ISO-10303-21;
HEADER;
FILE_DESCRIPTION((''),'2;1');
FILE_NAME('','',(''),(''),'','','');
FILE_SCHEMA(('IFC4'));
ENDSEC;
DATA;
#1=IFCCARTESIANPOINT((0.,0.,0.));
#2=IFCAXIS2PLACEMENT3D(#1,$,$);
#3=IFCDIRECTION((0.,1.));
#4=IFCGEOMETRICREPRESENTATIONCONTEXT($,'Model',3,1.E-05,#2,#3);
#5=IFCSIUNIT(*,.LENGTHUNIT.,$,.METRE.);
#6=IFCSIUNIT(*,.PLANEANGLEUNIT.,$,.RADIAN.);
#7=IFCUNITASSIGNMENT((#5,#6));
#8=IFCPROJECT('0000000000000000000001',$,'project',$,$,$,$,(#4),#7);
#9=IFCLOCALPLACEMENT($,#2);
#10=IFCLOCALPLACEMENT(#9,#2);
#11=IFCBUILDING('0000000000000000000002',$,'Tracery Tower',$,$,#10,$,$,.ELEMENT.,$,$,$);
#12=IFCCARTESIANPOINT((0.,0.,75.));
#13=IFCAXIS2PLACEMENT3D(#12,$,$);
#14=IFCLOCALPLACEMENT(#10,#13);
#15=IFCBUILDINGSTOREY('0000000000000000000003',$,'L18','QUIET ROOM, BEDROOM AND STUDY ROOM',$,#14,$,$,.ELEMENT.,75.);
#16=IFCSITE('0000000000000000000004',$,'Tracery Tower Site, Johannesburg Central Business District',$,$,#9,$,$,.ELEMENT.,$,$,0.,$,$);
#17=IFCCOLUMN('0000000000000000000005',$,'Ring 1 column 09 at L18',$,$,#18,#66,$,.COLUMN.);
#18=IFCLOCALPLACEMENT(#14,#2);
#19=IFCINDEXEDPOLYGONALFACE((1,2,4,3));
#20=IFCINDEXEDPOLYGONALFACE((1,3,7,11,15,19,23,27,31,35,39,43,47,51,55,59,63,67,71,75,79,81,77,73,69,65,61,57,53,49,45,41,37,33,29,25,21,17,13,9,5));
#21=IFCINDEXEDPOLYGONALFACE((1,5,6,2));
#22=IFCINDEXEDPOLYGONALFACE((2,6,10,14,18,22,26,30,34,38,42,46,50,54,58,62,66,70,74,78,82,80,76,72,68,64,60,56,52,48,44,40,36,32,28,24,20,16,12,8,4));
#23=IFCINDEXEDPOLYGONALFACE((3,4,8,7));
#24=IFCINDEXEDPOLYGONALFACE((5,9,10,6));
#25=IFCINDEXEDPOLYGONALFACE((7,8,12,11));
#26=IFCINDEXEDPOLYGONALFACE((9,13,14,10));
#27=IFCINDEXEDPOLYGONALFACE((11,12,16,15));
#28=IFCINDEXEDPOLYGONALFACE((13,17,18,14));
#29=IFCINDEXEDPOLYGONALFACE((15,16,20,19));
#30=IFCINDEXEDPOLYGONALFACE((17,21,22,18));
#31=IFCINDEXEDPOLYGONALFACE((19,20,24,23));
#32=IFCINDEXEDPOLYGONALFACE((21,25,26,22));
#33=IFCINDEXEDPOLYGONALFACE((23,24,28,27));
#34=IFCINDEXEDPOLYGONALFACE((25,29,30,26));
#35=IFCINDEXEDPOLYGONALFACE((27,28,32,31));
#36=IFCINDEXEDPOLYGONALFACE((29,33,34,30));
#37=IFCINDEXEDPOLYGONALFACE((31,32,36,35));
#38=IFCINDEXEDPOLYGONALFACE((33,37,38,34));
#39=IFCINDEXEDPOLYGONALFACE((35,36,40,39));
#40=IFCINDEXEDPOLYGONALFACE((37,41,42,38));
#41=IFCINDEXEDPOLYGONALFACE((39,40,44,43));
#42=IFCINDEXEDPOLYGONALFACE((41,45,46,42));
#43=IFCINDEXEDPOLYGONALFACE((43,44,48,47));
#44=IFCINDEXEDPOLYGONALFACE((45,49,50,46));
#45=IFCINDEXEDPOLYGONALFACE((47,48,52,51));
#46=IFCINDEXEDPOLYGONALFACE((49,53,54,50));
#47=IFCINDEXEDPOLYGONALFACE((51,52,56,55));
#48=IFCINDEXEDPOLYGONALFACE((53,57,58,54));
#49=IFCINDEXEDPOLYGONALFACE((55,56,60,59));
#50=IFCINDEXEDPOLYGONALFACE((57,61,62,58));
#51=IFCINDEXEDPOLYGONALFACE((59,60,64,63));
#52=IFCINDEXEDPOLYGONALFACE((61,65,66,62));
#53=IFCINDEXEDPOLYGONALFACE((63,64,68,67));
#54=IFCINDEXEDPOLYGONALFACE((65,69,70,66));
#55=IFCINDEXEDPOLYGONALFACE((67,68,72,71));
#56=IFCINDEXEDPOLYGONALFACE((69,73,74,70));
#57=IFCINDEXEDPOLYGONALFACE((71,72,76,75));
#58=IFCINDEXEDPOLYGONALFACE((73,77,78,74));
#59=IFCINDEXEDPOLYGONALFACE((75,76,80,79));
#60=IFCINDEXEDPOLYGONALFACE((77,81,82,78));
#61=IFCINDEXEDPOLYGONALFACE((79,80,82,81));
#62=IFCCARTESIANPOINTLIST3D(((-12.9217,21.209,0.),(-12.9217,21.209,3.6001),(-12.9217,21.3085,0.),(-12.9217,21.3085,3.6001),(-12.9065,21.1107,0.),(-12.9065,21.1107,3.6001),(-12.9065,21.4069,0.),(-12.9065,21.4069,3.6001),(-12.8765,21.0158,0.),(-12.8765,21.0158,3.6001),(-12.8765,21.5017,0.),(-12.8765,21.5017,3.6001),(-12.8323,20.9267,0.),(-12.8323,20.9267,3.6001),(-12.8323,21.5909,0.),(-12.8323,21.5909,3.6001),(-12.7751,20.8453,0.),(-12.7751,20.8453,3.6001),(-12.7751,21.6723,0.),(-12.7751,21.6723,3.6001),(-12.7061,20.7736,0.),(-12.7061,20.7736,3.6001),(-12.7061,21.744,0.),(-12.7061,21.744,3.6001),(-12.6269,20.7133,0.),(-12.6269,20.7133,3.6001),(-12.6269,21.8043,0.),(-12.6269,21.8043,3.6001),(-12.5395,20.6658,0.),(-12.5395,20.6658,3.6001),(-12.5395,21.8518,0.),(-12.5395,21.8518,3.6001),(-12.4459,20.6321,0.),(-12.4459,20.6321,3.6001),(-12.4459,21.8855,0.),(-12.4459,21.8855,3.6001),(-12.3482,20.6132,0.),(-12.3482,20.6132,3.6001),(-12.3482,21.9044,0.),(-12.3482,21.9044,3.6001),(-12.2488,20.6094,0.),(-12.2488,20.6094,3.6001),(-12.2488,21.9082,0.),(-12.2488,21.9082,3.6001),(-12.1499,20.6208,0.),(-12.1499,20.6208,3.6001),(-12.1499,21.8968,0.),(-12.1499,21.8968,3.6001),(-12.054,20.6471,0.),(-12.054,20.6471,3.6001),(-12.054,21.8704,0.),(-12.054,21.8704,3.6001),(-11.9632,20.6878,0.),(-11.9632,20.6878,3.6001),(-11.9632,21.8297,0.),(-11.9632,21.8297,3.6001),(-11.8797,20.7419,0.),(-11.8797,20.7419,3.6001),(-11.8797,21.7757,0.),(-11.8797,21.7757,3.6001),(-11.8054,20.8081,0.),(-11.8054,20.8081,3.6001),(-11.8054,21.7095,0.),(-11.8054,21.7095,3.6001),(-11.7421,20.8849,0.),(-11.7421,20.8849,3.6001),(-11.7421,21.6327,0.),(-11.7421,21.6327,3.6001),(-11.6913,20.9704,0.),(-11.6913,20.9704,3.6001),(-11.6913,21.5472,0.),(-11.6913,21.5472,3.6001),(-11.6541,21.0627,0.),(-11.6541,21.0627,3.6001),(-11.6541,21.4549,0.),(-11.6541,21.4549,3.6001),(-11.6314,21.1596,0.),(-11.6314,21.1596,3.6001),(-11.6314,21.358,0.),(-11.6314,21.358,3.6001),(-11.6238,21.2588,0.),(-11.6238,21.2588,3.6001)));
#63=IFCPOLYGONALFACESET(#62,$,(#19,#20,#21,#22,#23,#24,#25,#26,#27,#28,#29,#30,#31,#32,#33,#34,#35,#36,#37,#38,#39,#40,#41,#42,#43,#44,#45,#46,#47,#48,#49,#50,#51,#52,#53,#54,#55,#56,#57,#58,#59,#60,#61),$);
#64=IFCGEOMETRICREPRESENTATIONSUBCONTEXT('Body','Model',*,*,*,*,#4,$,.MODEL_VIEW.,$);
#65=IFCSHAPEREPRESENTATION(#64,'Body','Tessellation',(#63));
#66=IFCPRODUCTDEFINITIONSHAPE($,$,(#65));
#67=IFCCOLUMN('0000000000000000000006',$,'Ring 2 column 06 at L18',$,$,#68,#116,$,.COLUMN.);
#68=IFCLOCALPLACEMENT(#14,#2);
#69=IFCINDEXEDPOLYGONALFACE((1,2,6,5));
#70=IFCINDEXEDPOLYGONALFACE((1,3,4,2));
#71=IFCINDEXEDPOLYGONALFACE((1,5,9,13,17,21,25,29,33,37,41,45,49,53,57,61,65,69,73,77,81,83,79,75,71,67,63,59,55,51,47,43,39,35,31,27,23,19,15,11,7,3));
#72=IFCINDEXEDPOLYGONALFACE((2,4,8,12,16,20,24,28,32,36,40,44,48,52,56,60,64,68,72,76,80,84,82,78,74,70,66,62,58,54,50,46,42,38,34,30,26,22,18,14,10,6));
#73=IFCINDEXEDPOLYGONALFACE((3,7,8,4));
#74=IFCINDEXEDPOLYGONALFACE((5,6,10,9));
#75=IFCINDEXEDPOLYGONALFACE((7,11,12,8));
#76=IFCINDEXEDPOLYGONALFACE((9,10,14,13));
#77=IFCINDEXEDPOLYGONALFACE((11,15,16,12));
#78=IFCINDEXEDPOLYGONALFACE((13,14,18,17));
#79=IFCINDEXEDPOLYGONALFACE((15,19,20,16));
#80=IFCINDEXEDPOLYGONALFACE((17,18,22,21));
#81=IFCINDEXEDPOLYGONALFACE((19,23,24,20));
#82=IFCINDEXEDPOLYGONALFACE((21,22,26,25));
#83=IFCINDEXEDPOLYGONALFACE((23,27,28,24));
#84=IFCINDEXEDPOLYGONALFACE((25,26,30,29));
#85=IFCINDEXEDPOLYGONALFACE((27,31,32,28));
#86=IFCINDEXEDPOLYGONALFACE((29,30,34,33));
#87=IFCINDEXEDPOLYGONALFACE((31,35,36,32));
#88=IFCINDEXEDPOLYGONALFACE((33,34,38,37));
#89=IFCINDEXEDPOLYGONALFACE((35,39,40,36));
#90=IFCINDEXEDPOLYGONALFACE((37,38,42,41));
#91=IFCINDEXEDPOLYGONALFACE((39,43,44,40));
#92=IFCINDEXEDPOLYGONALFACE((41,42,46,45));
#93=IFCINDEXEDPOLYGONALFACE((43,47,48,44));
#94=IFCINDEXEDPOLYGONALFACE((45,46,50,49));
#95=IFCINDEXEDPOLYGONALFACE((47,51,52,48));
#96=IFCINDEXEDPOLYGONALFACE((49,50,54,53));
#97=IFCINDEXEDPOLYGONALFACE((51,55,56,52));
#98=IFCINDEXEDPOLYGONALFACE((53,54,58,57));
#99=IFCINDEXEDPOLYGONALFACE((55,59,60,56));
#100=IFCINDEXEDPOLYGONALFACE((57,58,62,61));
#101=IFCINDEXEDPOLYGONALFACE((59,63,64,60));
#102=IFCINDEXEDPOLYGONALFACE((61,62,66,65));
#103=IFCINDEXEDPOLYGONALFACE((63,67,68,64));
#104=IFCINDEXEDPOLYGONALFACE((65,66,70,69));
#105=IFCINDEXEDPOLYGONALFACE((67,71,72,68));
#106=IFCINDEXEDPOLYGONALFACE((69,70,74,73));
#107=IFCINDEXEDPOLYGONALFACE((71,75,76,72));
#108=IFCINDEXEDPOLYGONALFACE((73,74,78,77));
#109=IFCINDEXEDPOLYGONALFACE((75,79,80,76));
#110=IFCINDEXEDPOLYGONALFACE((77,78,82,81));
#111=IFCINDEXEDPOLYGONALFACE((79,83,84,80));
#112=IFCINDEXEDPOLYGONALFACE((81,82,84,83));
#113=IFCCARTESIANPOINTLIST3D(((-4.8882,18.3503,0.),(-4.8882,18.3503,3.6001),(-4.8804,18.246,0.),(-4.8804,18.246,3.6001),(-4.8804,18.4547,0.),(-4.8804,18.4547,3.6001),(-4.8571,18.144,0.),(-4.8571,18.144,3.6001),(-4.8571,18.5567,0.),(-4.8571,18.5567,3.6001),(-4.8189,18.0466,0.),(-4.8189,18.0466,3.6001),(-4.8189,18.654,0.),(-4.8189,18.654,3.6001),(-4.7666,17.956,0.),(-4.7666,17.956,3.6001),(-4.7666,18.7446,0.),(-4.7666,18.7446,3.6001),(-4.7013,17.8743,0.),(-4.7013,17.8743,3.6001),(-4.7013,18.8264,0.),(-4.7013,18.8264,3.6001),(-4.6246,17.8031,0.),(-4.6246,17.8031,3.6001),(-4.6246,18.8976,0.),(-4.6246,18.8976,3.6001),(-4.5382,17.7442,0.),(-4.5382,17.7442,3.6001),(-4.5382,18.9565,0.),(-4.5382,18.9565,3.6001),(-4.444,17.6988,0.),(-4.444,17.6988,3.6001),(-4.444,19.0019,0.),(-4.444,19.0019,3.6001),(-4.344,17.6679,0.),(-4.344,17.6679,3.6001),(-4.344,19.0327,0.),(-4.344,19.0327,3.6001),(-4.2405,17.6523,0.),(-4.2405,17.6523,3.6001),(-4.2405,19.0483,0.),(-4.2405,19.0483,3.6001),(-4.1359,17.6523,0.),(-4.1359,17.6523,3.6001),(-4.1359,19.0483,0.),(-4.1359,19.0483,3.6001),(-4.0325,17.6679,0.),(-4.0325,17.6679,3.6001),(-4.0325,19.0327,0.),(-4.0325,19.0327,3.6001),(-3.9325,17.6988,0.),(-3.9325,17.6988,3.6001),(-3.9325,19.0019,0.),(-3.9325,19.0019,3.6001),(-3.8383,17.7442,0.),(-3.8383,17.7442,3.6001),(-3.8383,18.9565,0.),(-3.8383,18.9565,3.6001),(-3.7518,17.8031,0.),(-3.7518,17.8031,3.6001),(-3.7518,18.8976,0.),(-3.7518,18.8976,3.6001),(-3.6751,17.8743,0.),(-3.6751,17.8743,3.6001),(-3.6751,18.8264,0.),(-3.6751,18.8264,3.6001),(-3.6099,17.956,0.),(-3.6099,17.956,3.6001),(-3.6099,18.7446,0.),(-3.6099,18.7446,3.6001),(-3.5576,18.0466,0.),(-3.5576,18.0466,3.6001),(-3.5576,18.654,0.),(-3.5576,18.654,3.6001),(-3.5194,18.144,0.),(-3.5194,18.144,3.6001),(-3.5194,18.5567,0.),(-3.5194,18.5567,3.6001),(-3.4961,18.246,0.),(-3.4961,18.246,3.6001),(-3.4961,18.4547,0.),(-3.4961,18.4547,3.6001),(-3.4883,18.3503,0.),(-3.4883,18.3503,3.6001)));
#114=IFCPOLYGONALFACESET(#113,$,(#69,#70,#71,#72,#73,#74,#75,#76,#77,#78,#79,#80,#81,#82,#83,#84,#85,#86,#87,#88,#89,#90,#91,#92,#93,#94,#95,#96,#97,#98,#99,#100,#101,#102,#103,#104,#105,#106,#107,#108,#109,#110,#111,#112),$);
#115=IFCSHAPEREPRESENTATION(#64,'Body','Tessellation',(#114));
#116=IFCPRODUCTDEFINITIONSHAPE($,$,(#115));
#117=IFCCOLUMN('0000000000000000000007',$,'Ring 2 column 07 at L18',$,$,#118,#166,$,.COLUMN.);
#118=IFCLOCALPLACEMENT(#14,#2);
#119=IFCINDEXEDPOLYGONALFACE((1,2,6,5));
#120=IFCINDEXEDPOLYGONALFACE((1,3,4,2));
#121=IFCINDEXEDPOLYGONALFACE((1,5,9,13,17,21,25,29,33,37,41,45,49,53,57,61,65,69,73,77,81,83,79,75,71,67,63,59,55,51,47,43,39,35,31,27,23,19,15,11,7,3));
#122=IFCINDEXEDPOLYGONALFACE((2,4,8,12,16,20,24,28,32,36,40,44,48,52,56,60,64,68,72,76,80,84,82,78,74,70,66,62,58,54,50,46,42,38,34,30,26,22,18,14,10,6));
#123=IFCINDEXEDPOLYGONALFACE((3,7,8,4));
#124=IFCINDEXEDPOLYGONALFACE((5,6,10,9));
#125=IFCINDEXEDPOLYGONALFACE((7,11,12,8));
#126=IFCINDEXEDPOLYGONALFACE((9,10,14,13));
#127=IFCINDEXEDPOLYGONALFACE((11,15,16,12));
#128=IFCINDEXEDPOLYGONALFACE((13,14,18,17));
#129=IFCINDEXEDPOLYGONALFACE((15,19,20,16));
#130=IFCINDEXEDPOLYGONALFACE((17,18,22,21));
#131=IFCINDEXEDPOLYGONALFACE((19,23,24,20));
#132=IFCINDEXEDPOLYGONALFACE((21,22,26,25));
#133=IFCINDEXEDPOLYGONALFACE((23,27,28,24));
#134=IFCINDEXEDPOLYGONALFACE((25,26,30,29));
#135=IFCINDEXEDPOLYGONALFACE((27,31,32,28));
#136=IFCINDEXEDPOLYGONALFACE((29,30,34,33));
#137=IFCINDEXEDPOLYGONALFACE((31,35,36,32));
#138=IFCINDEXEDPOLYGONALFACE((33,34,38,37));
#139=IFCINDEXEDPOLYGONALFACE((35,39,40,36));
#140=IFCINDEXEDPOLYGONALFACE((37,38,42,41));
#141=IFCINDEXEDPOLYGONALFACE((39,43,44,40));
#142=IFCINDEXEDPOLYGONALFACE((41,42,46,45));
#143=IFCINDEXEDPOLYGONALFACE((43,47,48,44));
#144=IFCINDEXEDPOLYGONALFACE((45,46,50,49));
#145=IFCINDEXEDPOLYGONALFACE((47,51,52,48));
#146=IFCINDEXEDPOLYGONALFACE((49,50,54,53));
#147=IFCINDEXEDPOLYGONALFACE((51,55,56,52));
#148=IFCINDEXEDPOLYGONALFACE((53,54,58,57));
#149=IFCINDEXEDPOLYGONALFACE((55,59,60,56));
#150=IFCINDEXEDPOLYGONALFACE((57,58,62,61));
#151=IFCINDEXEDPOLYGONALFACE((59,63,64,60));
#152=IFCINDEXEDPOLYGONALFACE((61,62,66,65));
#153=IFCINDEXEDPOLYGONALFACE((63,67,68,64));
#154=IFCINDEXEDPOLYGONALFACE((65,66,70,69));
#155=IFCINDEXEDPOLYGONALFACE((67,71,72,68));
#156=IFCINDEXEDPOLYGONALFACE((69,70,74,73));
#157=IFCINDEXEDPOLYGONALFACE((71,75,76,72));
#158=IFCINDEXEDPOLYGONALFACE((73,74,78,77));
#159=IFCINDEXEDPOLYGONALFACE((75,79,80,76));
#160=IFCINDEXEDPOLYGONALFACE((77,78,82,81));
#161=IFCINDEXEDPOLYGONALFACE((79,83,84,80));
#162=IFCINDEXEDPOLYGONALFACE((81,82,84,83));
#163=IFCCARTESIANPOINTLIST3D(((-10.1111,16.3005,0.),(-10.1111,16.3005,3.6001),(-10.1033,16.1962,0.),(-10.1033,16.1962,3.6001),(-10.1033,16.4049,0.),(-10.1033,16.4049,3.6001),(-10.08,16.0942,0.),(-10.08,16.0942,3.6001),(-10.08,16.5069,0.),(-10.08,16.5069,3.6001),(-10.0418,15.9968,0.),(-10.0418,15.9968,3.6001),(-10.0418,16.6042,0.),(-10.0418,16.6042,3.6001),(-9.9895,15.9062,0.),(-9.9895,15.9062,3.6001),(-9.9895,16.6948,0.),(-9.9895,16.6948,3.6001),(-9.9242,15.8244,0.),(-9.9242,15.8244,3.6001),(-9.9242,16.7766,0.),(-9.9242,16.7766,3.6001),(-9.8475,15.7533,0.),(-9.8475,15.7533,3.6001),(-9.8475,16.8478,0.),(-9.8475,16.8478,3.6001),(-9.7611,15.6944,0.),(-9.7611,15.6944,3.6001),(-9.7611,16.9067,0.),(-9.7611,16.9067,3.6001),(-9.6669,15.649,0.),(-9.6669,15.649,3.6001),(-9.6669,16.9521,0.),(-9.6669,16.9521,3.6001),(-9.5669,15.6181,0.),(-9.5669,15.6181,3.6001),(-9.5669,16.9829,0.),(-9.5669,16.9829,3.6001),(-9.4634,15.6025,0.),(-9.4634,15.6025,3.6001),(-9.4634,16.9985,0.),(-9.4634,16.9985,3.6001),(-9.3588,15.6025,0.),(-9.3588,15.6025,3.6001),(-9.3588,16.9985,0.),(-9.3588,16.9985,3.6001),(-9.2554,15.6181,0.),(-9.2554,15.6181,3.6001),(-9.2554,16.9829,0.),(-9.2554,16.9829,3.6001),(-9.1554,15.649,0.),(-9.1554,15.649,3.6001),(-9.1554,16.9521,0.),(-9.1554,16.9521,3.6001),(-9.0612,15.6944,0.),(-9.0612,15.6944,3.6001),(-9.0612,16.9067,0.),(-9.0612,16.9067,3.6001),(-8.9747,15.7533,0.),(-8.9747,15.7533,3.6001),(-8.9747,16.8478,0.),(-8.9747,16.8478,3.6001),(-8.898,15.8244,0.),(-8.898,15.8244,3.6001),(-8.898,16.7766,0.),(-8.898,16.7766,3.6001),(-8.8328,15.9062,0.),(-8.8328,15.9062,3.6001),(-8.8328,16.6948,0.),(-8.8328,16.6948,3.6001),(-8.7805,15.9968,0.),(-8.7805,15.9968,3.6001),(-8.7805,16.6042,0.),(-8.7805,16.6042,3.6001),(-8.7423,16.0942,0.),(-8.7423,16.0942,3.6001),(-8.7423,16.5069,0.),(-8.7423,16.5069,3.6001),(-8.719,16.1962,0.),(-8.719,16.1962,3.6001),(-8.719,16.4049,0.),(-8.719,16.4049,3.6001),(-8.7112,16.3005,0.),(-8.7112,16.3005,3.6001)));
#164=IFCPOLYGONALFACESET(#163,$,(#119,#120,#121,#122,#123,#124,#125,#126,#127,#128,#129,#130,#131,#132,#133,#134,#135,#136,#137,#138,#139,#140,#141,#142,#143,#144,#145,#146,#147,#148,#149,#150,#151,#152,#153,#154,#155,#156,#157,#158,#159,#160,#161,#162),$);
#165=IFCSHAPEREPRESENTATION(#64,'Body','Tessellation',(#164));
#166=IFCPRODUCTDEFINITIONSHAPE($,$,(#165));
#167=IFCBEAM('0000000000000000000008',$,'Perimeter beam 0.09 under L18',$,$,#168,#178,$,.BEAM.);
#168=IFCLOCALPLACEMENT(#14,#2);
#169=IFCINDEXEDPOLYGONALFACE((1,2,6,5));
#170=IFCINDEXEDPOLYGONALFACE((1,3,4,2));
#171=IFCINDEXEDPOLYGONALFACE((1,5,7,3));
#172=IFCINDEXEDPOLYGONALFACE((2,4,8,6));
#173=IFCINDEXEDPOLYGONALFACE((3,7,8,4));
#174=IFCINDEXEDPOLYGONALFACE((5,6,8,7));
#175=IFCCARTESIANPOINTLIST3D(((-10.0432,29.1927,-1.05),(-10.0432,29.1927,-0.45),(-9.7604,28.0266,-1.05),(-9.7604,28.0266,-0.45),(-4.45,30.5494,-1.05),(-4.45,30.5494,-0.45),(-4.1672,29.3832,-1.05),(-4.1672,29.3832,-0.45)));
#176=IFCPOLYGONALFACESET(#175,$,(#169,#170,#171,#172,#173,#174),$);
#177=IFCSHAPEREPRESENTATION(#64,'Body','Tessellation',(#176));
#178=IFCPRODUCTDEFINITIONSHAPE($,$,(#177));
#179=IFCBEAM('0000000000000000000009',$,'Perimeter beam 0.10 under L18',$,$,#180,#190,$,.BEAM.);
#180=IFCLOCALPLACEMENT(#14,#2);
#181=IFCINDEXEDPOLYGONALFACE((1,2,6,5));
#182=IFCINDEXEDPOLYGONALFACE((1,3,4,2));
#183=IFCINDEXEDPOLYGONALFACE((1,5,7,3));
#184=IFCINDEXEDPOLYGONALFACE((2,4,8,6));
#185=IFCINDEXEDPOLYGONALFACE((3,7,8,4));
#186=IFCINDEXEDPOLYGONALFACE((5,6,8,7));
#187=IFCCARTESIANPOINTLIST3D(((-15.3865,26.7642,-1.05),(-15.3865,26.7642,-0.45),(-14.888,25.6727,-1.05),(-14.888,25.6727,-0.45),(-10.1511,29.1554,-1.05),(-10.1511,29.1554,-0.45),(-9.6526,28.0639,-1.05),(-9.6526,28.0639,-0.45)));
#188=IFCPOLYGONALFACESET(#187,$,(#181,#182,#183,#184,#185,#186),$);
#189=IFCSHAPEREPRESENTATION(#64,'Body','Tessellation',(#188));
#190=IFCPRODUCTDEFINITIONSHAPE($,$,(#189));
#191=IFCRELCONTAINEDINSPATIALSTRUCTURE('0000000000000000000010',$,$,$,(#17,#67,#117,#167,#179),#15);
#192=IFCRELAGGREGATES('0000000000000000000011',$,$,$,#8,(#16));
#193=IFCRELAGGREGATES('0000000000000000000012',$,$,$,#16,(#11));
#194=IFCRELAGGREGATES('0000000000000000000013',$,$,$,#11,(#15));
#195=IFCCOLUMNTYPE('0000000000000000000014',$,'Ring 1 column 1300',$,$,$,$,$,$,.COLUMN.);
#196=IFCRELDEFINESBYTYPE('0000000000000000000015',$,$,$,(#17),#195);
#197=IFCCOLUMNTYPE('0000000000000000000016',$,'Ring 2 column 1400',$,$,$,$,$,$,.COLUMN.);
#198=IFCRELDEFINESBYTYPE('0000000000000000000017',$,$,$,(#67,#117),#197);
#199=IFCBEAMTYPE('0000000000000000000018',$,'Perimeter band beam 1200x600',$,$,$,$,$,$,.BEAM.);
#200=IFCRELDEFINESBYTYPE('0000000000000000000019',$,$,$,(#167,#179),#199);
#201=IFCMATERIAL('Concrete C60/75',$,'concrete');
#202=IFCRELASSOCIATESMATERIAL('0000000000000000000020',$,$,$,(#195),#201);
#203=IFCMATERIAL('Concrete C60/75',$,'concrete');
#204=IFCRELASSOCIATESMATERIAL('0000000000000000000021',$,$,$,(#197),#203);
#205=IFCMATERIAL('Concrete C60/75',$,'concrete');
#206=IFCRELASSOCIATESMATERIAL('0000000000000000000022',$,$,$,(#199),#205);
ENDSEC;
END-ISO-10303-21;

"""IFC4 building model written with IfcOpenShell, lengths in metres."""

from ifc_helpers import new_model, si_unit, direction, frame, origin, origin_2d, place, context, subcontext, project, spatial, rectangle, circle, extrude, material, material_profile, profile_set, type_object, element, save


model = new_model("IFC4")

# Units and contexts
model_context = context("Model", 3, precision=1e-05, world=origin(), true_north=direction((0.0, 1.0)))
body_context = subcontext(model_context, "Body", "Model", "MODEL_VIEW")
ifc_project = project(units=[si_unit("LENGTHUNIT", "METRE"), si_unit("PLANEANGLEUNIT", "RADIAN")], contexts=[model_context])

# Site, building, storey
site_placement = place(None, origin())
site = spatial("IfcSite", under=ifc_project, at=site_placement, Name="Tracery Tower Site, Johannesburg Central Business District", CompositionType="ELEMENT", RefElevation=0.0)
building_placement = place(site_placement, origin())
building = spatial("IfcBuilding", under=site, at=building_placement, Name="Tracery Tower", CompositionType="ELEMENT")
storey_placement = place(building_placement, frame((0.0, 0.0, 75.0)))
storey = spatial("IfcBuildingStorey", under=building, at=storey_placement, Name="L18", Description="QUIET ROOM, BEDROOM AND STUDY ROOM", CompositionType="ELEMENT", Elevation=75.0)

# Columns
ifc_material_1 = material(Name="Concrete C60/75", Category="concrete")
ifc_material_profile_1 = material_profile(ifc_material_1, circle(Radius=0.6499, at=origin_2d()), Name="RC D1300")
ifc_profile_set_1 = profile_set([ifc_material_profile_1], Name="Concrete C60/75")
column_type_1 = type_object("IfcColumnType", Name="Ring 1 column 1300", PredefinedType="COLUMN", material=ifc_profile_set_1)
for number, where, z_axis, x_axis, name in (
    (1, (-12.2737, 21.2588, 0.0), (0.0, 0.0, 1.0), (1.0, 0.0, 0.0), "Ring 1 column 09 at L18"),
):
    element("IfcColumn", number, at=place(storey_placement, frame(where, z_axis=z_axis, x_axis=x_axis)), inside=storey, type_object=column_type_1, Name=name, PredefinedType="COLUMN", context=body_context, shape_type="SweptSolid", body=[
        extrude(circle(Radius=0.6499, at=origin_2d()), origin(), (0.0, 0.0, 1.0), 3.6001),
    ])
ifc_material_2 = material(Name="Concrete C60/75", Category="concrete")
ifc_material_profile_2 = material_profile(ifc_material_2, circle(Radius=0.7, at=origin_2d()), Name="RC D1400")
ifc_profile_set_2 = profile_set([ifc_material_profile_2], Name="Concrete C60/75")
column_type_2 = type_object("IfcColumnType", Name="Ring 2 column 1400", PredefinedType="COLUMN", material=ifc_profile_set_2)
for number, where, z_axis, x_axis, name in (
    (2, (-4.1882, 18.3503, 0.0), (0.0, 0.0, 1.0), (1.0, 0.0, 0.0), "Ring 2 column 06 at L18"),
    (3, (-9.4111, 16.3005, 0.0), (0.0, 0.0, 1.0), (1.0, 0.0, 0.0), "Ring 2 column 07 at L18"),
):
    element("IfcColumn", number, at=place(storey_placement, frame(where, z_axis=z_axis, x_axis=x_axis)), inside=storey, type_object=column_type_2, Name=name, PredefinedType="COLUMN", context=body_context, shape_type="SweptSolid", body=[
        extrude(circle(Radius=0.7, at=origin_2d()), origin(), (0.0, 0.0, 1.0), 3.6001),
    ])

# Beams
ifc_material_3 = material(Name="Concrete C60/75", Category="concrete")
ifc_material_profile_3 = material_profile(ifc_material_3, rectangle(XDim=1.2, YDim=0.6001, at=origin_2d()), Name="RC 1200x600")
ifc_profile_set_3 = profile_set([ifc_material_profile_3], Name="Concrete C60/75")
beam_type = type_object("IfcBeamType", Name="Perimeter band beam 1200x600", PredefinedType="BEAM", material=ifc_profile_set_3)
beam_1_placement = place(storey_placement, frame((-4.3086, 29.9663, -0.75), z_axis=(-0.97182, -0.235723, 0.0), x_axis=(0.235723, -0.97182, 0.0)))
element("IfcBeam", 4, at=beam_1_placement, inside=storey, type_object=beam_type, Name="Perimeter beam 0.09 under L18", PredefinedType="BEAM", context=body_context, shape_type="SweptSolid", body=[
    extrude(rectangle(XDim=1.2, YDim=0.6001, at=origin_2d()), origin(), (0.0, 0.0, 1.0), 5.7554),
])
beam_2_placement = place(storey_placement, frame((-9.9019, 28.6096, -0.75), z_axis=(-0.909618, -0.415445, 0.0), x_axis=(0.415445, -0.909618, 0.0)))
element("IfcBeam", 5, at=beam_2_placement, inside=storey, type_object=beam_type, Name="Perimeter beam 0.10 under L18", PredefinedType="BEAM", context=body_context, shape_type="SweptSolid", body=[
    extrude(rectangle(XDim=1.2, YDim=0.6001, at=origin_2d()), origin(), (0.0, 0.0, 1.0), 5.7556),
])

save(model, "model.ifc")
